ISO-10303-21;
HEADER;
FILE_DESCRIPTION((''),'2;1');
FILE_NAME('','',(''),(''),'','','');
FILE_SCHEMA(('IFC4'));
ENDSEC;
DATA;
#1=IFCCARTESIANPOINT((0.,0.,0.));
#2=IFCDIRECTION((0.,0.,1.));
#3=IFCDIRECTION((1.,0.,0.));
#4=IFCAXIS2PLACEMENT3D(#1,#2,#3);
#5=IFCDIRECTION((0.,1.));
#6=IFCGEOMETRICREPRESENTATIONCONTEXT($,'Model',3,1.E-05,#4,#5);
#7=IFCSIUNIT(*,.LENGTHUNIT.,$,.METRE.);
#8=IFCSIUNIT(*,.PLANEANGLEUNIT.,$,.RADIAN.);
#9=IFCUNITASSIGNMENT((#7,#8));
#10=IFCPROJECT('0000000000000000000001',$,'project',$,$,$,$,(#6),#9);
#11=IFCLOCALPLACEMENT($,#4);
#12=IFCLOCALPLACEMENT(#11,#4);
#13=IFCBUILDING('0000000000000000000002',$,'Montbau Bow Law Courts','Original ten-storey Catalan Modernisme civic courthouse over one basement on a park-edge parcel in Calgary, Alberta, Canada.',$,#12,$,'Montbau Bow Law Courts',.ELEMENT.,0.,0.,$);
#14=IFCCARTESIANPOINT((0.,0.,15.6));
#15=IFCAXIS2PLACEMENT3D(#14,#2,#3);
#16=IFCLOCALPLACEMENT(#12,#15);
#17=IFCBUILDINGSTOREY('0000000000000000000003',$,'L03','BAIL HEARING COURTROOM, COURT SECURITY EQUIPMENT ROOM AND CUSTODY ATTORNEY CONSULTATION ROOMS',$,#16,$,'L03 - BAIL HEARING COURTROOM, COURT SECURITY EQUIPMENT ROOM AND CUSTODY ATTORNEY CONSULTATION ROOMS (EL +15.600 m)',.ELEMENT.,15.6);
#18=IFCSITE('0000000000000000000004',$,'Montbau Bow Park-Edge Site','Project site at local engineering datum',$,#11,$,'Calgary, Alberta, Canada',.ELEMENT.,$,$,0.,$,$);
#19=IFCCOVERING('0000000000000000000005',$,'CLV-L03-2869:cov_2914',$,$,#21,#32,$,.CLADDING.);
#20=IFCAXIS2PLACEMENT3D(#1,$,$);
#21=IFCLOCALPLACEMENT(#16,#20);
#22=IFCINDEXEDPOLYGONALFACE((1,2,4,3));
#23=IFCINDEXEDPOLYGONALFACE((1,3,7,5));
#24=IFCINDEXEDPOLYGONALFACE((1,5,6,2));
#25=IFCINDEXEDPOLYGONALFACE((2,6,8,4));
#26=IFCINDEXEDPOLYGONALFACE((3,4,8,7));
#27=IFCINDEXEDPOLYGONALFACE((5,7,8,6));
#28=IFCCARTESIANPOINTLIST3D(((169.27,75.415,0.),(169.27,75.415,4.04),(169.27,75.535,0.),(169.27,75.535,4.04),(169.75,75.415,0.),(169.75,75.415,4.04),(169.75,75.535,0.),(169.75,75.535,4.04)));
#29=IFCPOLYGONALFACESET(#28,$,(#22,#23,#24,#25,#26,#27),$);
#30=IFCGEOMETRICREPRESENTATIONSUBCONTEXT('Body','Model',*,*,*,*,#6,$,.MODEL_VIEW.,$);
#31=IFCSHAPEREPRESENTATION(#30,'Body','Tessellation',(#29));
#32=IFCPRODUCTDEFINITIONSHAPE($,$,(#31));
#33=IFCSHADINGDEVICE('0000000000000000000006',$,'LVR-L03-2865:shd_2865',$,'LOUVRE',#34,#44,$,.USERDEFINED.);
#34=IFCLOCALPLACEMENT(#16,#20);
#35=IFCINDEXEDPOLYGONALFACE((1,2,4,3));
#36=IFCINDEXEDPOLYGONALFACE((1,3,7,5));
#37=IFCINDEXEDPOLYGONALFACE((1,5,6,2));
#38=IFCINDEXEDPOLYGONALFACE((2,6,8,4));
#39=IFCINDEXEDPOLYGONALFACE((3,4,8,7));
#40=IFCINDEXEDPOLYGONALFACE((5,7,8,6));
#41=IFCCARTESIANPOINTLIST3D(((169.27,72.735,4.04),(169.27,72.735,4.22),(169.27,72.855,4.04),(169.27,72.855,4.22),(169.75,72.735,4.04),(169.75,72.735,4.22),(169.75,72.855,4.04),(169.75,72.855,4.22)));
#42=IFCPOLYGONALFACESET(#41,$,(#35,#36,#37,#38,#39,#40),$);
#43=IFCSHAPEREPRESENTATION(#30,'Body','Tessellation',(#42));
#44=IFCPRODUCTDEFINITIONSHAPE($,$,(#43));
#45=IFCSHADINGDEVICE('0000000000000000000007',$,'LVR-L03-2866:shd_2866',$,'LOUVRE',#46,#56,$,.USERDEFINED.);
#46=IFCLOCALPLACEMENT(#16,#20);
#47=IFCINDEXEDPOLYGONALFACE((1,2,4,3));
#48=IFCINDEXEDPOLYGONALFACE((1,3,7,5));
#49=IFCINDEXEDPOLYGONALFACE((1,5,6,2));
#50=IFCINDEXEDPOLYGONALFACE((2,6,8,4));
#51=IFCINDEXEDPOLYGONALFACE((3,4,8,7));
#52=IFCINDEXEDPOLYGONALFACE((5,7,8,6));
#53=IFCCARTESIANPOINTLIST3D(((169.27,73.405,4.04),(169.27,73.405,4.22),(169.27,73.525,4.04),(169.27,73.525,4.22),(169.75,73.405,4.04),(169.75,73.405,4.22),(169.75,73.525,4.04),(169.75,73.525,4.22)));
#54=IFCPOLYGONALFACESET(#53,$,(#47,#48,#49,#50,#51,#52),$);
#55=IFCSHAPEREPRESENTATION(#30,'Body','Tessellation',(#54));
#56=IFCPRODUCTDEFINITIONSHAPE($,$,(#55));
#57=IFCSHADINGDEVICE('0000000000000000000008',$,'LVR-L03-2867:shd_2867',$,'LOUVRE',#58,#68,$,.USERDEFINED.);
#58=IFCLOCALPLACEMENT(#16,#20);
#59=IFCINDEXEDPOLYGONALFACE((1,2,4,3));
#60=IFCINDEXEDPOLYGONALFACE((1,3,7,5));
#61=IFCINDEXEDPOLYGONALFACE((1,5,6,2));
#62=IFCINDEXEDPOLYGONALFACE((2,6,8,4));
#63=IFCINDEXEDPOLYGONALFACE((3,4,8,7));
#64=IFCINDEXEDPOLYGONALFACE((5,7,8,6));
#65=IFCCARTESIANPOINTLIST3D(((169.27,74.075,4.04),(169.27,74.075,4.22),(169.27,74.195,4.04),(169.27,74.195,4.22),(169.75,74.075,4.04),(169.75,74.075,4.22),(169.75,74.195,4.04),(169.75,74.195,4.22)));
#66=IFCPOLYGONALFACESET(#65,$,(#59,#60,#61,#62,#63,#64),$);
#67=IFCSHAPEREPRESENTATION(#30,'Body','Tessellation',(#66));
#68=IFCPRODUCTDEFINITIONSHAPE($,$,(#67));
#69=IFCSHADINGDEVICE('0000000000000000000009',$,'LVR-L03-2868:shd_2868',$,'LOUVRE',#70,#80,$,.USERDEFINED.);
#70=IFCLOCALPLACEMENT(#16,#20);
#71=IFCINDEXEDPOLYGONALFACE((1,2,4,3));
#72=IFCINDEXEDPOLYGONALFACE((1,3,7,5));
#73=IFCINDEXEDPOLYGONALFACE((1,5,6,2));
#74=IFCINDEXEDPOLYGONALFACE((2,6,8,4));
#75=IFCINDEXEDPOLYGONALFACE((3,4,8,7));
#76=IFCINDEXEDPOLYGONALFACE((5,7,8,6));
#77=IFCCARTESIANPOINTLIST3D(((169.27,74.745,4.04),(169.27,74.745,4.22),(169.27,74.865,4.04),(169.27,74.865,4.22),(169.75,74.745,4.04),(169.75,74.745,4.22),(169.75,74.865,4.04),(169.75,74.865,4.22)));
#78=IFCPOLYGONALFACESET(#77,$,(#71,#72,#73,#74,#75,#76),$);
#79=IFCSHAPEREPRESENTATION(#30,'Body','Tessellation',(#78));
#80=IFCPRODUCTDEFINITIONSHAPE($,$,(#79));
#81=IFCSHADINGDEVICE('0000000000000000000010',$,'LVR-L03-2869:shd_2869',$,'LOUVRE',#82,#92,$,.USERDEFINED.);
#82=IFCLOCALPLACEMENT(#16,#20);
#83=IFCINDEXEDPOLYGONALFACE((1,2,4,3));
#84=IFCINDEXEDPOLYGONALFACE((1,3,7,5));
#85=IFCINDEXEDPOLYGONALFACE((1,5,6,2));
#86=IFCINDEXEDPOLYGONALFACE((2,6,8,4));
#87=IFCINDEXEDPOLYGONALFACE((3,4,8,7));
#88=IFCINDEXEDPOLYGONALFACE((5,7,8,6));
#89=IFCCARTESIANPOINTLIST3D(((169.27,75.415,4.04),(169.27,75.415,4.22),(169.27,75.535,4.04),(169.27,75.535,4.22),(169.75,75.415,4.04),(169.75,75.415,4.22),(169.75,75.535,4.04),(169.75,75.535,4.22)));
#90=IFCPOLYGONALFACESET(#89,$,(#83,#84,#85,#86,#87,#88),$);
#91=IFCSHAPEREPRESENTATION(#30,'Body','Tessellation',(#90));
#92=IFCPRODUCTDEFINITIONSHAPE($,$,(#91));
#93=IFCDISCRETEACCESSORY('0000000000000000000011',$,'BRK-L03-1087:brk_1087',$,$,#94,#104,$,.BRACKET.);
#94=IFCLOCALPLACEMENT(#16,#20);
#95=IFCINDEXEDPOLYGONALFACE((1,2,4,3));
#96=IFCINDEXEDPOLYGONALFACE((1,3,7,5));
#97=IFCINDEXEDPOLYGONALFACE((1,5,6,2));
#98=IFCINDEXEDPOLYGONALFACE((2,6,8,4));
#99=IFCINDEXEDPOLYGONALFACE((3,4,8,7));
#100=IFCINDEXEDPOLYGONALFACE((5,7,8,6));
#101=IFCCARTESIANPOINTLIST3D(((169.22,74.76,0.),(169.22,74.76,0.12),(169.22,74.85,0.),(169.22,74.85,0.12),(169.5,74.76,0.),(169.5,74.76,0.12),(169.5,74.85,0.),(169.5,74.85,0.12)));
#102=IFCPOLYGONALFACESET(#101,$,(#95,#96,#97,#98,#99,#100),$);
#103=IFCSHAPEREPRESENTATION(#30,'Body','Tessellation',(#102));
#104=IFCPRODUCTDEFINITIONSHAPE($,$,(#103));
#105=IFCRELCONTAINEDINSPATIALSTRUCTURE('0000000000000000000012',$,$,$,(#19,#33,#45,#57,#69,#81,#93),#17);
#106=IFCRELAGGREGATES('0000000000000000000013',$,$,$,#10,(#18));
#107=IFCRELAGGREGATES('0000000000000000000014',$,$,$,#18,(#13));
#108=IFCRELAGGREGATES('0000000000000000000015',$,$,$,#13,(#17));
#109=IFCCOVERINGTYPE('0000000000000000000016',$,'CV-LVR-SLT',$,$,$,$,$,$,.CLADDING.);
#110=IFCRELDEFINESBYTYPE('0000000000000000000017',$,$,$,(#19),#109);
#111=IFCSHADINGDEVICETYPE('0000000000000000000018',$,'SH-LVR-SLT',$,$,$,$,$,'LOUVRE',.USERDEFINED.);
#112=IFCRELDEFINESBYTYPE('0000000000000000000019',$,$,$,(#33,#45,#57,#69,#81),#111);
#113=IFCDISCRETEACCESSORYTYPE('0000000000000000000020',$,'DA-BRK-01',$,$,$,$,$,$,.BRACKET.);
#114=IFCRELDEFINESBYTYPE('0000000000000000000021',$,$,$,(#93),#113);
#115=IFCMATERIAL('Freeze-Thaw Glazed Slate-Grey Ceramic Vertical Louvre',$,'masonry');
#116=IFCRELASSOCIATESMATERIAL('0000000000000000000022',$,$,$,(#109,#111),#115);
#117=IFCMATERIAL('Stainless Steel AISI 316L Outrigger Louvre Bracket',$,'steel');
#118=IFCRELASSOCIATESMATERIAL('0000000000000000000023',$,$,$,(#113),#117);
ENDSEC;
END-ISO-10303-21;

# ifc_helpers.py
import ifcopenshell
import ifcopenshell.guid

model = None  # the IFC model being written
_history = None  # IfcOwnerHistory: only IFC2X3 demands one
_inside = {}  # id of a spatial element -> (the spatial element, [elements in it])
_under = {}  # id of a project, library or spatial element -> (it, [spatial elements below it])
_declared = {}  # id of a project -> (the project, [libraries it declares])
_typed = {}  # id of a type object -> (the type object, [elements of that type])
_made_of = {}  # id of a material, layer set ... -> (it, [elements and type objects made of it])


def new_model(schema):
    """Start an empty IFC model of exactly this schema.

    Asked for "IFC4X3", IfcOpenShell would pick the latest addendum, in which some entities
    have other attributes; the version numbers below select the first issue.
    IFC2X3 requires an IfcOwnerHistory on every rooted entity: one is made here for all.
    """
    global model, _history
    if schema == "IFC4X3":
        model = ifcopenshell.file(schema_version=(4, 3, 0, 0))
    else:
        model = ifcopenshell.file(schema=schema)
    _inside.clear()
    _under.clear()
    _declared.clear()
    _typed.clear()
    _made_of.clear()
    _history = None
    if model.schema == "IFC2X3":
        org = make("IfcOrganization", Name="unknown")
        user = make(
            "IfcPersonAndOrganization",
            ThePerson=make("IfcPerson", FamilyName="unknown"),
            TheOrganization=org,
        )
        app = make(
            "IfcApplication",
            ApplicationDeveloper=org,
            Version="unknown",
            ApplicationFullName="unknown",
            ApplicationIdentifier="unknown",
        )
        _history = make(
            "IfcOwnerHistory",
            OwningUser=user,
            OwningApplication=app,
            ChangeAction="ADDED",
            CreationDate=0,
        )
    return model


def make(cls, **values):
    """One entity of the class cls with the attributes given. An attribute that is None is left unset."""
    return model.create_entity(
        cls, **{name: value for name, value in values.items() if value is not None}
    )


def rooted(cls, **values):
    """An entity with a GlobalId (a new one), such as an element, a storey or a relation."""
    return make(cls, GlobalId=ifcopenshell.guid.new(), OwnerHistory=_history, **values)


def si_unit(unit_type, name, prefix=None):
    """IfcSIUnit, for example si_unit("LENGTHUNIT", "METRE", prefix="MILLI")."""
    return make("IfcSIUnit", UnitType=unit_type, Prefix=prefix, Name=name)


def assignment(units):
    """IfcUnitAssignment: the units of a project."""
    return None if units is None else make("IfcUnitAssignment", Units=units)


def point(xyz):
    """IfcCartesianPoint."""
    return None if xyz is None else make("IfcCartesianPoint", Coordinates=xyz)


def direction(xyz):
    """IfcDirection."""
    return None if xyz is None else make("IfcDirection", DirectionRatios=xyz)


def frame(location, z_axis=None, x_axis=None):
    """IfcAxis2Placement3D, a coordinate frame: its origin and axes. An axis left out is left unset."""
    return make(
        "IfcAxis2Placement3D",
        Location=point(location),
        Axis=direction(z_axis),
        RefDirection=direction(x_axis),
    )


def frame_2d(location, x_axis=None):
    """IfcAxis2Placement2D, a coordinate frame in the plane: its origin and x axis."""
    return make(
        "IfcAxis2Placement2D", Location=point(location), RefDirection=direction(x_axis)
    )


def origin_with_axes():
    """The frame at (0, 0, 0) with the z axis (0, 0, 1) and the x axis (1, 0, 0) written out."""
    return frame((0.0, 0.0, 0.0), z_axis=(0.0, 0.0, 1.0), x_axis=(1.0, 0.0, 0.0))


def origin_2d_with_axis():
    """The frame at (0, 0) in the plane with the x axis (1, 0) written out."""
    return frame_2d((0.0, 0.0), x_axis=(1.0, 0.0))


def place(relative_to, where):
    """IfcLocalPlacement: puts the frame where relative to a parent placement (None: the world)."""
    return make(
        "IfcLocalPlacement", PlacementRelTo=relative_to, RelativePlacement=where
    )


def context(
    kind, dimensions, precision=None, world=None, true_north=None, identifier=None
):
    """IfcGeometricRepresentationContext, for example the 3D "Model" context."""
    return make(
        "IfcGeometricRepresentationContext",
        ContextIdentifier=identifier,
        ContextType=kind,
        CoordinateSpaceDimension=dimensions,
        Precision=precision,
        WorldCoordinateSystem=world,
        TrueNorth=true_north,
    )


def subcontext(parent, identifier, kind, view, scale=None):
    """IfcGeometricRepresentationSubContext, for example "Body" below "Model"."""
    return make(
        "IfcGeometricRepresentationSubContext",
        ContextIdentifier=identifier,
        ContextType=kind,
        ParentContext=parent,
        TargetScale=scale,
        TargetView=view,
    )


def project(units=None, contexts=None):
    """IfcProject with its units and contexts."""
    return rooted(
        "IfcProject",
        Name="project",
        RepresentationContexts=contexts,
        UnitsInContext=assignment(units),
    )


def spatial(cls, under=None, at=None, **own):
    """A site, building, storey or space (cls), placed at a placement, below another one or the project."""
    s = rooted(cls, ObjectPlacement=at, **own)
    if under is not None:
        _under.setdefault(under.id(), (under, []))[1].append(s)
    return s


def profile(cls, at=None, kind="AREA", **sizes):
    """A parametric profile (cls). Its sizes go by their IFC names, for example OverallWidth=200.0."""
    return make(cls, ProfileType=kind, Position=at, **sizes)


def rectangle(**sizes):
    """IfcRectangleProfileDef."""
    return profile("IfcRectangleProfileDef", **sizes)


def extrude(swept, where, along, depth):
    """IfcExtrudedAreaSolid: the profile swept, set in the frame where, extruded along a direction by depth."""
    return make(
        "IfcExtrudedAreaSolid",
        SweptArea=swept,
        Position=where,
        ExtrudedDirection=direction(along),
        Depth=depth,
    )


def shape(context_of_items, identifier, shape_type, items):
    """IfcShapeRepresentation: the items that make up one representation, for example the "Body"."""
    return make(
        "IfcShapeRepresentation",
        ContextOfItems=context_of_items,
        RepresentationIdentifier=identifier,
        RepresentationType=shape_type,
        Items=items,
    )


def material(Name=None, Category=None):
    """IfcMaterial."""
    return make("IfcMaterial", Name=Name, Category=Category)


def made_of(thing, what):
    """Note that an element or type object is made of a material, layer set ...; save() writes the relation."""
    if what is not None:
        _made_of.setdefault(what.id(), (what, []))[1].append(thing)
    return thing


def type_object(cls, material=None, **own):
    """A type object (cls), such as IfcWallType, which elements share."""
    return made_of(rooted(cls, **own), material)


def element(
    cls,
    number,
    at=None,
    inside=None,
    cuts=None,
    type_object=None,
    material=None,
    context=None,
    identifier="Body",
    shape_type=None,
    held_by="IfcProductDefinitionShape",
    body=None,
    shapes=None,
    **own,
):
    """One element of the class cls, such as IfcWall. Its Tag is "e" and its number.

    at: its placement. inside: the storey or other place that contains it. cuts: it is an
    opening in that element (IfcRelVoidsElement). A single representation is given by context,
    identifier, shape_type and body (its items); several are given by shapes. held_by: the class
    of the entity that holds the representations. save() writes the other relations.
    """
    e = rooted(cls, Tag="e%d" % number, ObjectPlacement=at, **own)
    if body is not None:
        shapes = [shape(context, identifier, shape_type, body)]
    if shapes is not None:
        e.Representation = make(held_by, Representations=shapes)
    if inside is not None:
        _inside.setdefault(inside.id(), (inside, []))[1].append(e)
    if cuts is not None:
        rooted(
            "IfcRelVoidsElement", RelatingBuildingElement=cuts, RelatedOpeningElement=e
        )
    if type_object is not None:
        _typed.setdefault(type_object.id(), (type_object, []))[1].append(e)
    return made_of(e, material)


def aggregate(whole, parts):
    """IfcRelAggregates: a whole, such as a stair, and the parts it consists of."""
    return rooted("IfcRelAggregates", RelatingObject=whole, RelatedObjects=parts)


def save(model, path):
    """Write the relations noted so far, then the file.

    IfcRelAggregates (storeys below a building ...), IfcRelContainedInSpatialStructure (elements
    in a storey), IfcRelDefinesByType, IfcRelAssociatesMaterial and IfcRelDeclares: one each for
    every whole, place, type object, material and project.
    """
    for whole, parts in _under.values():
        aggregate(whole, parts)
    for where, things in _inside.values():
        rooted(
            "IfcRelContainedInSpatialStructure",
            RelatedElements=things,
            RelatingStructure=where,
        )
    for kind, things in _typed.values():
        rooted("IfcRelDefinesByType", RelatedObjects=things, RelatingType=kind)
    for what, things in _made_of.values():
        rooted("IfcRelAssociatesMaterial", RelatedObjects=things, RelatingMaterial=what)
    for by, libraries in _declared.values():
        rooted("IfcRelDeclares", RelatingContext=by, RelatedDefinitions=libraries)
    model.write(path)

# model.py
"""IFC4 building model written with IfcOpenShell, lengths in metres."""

from ifc_helpers import new_model, si_unit, direction, frame, frame_2d, origin_with_axes, origin_2d_with_axis, place, context, subcontext, project, spatial, rectangle, extrude, material, type_object, element, save


model = new_model("IFC4")

# Units and contexts
model_context = context("Model", 3, precision=1e-05, world=origin_with_axes(), true_north=direction((0.0, 1.0)))
body_context = subcontext(model_context, "Body", "Model", "MODEL_VIEW")
ifc_project = project(units=[si_unit("LENGTHUNIT", "METRE"), si_unit("PLANEANGLEUNIT", "RADIAN")], contexts=[model_context])

# Site, building, storey
site_placement = place(None, origin_with_axes())
site = spatial("IfcSite", under=ifc_project, at=site_placement, Name="Montbau Bow Park-Edge Site", Description="Project site at local engineering datum", LongName="Calgary, Alberta, Canada", CompositionType="ELEMENT", RefElevation=0.0)
building_placement = place(site_placement, origin_with_axes())
building = spatial("IfcBuilding", under=site, at=building_placement, Name="Montbau Bow Law Courts", Description="Original ten-storey Catalan Modernisme civic courthouse over one basement on a park-edge parcel in Calgary, Alberta, Canada.", LongName="Montbau Bow Law Courts", CompositionType="ELEMENT", ElevationOfRefHeight=0.0, ElevationOfTerrain=0.0)
storey_placement = place(building_placement, frame((0.0, 0.0, 15.6), z_axis=(0.0, 0.0, 1.0), x_axis=(1.0, 0.0, 0.0)))
storey = spatial("IfcBuildingStorey", under=building, at=storey_placement, Name="L03", Description="BAIL HEARING COURTROOM, COURT SECURITY EQUIPMENT ROOM AND CUSTODY ATTORNEY CONSULTATION ROOMS", LongName="L03 - BAIL HEARING COURTROOM, COURT SECURITY EQUIPMENT ROOM AND CUSTODY ATTORNEY CONSULTATION ROOMS (EL +15.600 m)", CompositionType="ELEMENT", Elevation=15.6)

# Covering
ifc_material_1 = material(Name="Freeze-Thaw Glazed Slate-Grey Ceramic Vertical Louvre", Category="masonry")
covering_type = type_object("IfcCoveringType", Name="CV-LVR-SLT", PredefinedType="CLADDING", material=ifc_material_1)
for number, where, z_axis, x_axis, name in (
    (1, (169.27, 75.475, 15.6), (0.0, -1.0, 0.0), (1.0, 0.0, 0.0), "CLV-L03-2869:cov_2914"),
):
    element("IfcCovering", number, at=place(None, frame(where, z_axis=z_axis, x_axis=x_axis)), inside=storey, type_object=covering_type, Name=name, PredefinedType="CLADDING", context=body_context, shape_type="SweptSolid", body=[
        extrude(rectangle(XDim=0.48, YDim=4.04, at=frame_2d((0.24, 2.02), x_axis=(1.0, 0.0))), frame((0.0, 0.0, -0.06), z_axis=(0.0, 0.0, 1.0), x_axis=(1.0, 0.0, 0.0)), (0.0, 0.0, 1.0), 0.12),
    ])

# Shading devices
shading_device_type = type_object("IfcShadingDeviceType", Name="SH-LVR-SLT", ElementType="LOUVRE", PredefinedType="USERDEFINED", material=ifc_material_1)
for number, where, z_axis, x_axis, name in (
    (2, (169.51, 72.795, 19.64), (0.0, 0.0, 1.0), (1.0, 0.0, 0.0), "LVR-L03-2865:shd_2865"),
    (3, (169.51, 73.465, 19.64), (0.0, 0.0, 1.0), (1.0, 0.0, 0.0), "LVR-L03-2866:shd_2866"),
    (4, (169.51, 74.135, 19.64), (0.0, 0.0, 1.0), (1.0, 0.0, 0.0), "LVR-L03-2867:shd_2867"),
    (5, (169.51, 74.805, 19.64), (0.0, 0.0, 1.0), (1.0, 0.0, 0.0), "LVR-L03-2868:shd_2868"),
    (6, (169.51, 75.475, 19.64), (0.0, 0.0, 1.0), (1.0, 0.0, 0.0), "LVR-L03-2869:shd_2869"),
):
    element("IfcShadingDevice", number, at=place(None, frame(where, z_axis=z_axis, x_axis=x_axis)), inside=storey, type_object=shading_device_type, Name=name, ObjectType="LOUVRE", PredefinedType="USERDEFINED", context=body_context, shape_type="SweptSolid", body=[
        extrude(rectangle(XDim=0.48, YDim=0.12, at=origin_2d_with_axis()), origin_with_axes(), (0.0, 0.0, 1.0), 0.18),
    ])

# Discrete accessory
ifc_material_2 = material(Name="Stainless Steel AISI 316L Outrigger Louvre Bracket", Category="steel")
discrete_accessory_type = type_object("IfcDiscreteAccessoryType", Name="DA-BRK-01", PredefinedType="BRACKET", material=ifc_material_2)
discrete_accessory_placement = place(None, frame((169.36, 74.805, 15.6), z_axis=(0.0, 0.0, 1.0), x_axis=(1.0, 0.0, 0.0)))
element("IfcDiscreteAccessory", 7, at=discrete_accessory_placement, inside=storey, type_object=discrete_accessory_type, Name="BRK-L03-1087:brk_1087", PredefinedType="BRACKET", context=body_context, shape_type="SweptSolid", body=[
    extrude(rectangle(XDim=0.28, YDim=0.09, at=origin_2d_with_axis()), origin_with_axes(), (0.0, 0.0, 1.0), 0.12),
])

save(model, "model.ifc")
